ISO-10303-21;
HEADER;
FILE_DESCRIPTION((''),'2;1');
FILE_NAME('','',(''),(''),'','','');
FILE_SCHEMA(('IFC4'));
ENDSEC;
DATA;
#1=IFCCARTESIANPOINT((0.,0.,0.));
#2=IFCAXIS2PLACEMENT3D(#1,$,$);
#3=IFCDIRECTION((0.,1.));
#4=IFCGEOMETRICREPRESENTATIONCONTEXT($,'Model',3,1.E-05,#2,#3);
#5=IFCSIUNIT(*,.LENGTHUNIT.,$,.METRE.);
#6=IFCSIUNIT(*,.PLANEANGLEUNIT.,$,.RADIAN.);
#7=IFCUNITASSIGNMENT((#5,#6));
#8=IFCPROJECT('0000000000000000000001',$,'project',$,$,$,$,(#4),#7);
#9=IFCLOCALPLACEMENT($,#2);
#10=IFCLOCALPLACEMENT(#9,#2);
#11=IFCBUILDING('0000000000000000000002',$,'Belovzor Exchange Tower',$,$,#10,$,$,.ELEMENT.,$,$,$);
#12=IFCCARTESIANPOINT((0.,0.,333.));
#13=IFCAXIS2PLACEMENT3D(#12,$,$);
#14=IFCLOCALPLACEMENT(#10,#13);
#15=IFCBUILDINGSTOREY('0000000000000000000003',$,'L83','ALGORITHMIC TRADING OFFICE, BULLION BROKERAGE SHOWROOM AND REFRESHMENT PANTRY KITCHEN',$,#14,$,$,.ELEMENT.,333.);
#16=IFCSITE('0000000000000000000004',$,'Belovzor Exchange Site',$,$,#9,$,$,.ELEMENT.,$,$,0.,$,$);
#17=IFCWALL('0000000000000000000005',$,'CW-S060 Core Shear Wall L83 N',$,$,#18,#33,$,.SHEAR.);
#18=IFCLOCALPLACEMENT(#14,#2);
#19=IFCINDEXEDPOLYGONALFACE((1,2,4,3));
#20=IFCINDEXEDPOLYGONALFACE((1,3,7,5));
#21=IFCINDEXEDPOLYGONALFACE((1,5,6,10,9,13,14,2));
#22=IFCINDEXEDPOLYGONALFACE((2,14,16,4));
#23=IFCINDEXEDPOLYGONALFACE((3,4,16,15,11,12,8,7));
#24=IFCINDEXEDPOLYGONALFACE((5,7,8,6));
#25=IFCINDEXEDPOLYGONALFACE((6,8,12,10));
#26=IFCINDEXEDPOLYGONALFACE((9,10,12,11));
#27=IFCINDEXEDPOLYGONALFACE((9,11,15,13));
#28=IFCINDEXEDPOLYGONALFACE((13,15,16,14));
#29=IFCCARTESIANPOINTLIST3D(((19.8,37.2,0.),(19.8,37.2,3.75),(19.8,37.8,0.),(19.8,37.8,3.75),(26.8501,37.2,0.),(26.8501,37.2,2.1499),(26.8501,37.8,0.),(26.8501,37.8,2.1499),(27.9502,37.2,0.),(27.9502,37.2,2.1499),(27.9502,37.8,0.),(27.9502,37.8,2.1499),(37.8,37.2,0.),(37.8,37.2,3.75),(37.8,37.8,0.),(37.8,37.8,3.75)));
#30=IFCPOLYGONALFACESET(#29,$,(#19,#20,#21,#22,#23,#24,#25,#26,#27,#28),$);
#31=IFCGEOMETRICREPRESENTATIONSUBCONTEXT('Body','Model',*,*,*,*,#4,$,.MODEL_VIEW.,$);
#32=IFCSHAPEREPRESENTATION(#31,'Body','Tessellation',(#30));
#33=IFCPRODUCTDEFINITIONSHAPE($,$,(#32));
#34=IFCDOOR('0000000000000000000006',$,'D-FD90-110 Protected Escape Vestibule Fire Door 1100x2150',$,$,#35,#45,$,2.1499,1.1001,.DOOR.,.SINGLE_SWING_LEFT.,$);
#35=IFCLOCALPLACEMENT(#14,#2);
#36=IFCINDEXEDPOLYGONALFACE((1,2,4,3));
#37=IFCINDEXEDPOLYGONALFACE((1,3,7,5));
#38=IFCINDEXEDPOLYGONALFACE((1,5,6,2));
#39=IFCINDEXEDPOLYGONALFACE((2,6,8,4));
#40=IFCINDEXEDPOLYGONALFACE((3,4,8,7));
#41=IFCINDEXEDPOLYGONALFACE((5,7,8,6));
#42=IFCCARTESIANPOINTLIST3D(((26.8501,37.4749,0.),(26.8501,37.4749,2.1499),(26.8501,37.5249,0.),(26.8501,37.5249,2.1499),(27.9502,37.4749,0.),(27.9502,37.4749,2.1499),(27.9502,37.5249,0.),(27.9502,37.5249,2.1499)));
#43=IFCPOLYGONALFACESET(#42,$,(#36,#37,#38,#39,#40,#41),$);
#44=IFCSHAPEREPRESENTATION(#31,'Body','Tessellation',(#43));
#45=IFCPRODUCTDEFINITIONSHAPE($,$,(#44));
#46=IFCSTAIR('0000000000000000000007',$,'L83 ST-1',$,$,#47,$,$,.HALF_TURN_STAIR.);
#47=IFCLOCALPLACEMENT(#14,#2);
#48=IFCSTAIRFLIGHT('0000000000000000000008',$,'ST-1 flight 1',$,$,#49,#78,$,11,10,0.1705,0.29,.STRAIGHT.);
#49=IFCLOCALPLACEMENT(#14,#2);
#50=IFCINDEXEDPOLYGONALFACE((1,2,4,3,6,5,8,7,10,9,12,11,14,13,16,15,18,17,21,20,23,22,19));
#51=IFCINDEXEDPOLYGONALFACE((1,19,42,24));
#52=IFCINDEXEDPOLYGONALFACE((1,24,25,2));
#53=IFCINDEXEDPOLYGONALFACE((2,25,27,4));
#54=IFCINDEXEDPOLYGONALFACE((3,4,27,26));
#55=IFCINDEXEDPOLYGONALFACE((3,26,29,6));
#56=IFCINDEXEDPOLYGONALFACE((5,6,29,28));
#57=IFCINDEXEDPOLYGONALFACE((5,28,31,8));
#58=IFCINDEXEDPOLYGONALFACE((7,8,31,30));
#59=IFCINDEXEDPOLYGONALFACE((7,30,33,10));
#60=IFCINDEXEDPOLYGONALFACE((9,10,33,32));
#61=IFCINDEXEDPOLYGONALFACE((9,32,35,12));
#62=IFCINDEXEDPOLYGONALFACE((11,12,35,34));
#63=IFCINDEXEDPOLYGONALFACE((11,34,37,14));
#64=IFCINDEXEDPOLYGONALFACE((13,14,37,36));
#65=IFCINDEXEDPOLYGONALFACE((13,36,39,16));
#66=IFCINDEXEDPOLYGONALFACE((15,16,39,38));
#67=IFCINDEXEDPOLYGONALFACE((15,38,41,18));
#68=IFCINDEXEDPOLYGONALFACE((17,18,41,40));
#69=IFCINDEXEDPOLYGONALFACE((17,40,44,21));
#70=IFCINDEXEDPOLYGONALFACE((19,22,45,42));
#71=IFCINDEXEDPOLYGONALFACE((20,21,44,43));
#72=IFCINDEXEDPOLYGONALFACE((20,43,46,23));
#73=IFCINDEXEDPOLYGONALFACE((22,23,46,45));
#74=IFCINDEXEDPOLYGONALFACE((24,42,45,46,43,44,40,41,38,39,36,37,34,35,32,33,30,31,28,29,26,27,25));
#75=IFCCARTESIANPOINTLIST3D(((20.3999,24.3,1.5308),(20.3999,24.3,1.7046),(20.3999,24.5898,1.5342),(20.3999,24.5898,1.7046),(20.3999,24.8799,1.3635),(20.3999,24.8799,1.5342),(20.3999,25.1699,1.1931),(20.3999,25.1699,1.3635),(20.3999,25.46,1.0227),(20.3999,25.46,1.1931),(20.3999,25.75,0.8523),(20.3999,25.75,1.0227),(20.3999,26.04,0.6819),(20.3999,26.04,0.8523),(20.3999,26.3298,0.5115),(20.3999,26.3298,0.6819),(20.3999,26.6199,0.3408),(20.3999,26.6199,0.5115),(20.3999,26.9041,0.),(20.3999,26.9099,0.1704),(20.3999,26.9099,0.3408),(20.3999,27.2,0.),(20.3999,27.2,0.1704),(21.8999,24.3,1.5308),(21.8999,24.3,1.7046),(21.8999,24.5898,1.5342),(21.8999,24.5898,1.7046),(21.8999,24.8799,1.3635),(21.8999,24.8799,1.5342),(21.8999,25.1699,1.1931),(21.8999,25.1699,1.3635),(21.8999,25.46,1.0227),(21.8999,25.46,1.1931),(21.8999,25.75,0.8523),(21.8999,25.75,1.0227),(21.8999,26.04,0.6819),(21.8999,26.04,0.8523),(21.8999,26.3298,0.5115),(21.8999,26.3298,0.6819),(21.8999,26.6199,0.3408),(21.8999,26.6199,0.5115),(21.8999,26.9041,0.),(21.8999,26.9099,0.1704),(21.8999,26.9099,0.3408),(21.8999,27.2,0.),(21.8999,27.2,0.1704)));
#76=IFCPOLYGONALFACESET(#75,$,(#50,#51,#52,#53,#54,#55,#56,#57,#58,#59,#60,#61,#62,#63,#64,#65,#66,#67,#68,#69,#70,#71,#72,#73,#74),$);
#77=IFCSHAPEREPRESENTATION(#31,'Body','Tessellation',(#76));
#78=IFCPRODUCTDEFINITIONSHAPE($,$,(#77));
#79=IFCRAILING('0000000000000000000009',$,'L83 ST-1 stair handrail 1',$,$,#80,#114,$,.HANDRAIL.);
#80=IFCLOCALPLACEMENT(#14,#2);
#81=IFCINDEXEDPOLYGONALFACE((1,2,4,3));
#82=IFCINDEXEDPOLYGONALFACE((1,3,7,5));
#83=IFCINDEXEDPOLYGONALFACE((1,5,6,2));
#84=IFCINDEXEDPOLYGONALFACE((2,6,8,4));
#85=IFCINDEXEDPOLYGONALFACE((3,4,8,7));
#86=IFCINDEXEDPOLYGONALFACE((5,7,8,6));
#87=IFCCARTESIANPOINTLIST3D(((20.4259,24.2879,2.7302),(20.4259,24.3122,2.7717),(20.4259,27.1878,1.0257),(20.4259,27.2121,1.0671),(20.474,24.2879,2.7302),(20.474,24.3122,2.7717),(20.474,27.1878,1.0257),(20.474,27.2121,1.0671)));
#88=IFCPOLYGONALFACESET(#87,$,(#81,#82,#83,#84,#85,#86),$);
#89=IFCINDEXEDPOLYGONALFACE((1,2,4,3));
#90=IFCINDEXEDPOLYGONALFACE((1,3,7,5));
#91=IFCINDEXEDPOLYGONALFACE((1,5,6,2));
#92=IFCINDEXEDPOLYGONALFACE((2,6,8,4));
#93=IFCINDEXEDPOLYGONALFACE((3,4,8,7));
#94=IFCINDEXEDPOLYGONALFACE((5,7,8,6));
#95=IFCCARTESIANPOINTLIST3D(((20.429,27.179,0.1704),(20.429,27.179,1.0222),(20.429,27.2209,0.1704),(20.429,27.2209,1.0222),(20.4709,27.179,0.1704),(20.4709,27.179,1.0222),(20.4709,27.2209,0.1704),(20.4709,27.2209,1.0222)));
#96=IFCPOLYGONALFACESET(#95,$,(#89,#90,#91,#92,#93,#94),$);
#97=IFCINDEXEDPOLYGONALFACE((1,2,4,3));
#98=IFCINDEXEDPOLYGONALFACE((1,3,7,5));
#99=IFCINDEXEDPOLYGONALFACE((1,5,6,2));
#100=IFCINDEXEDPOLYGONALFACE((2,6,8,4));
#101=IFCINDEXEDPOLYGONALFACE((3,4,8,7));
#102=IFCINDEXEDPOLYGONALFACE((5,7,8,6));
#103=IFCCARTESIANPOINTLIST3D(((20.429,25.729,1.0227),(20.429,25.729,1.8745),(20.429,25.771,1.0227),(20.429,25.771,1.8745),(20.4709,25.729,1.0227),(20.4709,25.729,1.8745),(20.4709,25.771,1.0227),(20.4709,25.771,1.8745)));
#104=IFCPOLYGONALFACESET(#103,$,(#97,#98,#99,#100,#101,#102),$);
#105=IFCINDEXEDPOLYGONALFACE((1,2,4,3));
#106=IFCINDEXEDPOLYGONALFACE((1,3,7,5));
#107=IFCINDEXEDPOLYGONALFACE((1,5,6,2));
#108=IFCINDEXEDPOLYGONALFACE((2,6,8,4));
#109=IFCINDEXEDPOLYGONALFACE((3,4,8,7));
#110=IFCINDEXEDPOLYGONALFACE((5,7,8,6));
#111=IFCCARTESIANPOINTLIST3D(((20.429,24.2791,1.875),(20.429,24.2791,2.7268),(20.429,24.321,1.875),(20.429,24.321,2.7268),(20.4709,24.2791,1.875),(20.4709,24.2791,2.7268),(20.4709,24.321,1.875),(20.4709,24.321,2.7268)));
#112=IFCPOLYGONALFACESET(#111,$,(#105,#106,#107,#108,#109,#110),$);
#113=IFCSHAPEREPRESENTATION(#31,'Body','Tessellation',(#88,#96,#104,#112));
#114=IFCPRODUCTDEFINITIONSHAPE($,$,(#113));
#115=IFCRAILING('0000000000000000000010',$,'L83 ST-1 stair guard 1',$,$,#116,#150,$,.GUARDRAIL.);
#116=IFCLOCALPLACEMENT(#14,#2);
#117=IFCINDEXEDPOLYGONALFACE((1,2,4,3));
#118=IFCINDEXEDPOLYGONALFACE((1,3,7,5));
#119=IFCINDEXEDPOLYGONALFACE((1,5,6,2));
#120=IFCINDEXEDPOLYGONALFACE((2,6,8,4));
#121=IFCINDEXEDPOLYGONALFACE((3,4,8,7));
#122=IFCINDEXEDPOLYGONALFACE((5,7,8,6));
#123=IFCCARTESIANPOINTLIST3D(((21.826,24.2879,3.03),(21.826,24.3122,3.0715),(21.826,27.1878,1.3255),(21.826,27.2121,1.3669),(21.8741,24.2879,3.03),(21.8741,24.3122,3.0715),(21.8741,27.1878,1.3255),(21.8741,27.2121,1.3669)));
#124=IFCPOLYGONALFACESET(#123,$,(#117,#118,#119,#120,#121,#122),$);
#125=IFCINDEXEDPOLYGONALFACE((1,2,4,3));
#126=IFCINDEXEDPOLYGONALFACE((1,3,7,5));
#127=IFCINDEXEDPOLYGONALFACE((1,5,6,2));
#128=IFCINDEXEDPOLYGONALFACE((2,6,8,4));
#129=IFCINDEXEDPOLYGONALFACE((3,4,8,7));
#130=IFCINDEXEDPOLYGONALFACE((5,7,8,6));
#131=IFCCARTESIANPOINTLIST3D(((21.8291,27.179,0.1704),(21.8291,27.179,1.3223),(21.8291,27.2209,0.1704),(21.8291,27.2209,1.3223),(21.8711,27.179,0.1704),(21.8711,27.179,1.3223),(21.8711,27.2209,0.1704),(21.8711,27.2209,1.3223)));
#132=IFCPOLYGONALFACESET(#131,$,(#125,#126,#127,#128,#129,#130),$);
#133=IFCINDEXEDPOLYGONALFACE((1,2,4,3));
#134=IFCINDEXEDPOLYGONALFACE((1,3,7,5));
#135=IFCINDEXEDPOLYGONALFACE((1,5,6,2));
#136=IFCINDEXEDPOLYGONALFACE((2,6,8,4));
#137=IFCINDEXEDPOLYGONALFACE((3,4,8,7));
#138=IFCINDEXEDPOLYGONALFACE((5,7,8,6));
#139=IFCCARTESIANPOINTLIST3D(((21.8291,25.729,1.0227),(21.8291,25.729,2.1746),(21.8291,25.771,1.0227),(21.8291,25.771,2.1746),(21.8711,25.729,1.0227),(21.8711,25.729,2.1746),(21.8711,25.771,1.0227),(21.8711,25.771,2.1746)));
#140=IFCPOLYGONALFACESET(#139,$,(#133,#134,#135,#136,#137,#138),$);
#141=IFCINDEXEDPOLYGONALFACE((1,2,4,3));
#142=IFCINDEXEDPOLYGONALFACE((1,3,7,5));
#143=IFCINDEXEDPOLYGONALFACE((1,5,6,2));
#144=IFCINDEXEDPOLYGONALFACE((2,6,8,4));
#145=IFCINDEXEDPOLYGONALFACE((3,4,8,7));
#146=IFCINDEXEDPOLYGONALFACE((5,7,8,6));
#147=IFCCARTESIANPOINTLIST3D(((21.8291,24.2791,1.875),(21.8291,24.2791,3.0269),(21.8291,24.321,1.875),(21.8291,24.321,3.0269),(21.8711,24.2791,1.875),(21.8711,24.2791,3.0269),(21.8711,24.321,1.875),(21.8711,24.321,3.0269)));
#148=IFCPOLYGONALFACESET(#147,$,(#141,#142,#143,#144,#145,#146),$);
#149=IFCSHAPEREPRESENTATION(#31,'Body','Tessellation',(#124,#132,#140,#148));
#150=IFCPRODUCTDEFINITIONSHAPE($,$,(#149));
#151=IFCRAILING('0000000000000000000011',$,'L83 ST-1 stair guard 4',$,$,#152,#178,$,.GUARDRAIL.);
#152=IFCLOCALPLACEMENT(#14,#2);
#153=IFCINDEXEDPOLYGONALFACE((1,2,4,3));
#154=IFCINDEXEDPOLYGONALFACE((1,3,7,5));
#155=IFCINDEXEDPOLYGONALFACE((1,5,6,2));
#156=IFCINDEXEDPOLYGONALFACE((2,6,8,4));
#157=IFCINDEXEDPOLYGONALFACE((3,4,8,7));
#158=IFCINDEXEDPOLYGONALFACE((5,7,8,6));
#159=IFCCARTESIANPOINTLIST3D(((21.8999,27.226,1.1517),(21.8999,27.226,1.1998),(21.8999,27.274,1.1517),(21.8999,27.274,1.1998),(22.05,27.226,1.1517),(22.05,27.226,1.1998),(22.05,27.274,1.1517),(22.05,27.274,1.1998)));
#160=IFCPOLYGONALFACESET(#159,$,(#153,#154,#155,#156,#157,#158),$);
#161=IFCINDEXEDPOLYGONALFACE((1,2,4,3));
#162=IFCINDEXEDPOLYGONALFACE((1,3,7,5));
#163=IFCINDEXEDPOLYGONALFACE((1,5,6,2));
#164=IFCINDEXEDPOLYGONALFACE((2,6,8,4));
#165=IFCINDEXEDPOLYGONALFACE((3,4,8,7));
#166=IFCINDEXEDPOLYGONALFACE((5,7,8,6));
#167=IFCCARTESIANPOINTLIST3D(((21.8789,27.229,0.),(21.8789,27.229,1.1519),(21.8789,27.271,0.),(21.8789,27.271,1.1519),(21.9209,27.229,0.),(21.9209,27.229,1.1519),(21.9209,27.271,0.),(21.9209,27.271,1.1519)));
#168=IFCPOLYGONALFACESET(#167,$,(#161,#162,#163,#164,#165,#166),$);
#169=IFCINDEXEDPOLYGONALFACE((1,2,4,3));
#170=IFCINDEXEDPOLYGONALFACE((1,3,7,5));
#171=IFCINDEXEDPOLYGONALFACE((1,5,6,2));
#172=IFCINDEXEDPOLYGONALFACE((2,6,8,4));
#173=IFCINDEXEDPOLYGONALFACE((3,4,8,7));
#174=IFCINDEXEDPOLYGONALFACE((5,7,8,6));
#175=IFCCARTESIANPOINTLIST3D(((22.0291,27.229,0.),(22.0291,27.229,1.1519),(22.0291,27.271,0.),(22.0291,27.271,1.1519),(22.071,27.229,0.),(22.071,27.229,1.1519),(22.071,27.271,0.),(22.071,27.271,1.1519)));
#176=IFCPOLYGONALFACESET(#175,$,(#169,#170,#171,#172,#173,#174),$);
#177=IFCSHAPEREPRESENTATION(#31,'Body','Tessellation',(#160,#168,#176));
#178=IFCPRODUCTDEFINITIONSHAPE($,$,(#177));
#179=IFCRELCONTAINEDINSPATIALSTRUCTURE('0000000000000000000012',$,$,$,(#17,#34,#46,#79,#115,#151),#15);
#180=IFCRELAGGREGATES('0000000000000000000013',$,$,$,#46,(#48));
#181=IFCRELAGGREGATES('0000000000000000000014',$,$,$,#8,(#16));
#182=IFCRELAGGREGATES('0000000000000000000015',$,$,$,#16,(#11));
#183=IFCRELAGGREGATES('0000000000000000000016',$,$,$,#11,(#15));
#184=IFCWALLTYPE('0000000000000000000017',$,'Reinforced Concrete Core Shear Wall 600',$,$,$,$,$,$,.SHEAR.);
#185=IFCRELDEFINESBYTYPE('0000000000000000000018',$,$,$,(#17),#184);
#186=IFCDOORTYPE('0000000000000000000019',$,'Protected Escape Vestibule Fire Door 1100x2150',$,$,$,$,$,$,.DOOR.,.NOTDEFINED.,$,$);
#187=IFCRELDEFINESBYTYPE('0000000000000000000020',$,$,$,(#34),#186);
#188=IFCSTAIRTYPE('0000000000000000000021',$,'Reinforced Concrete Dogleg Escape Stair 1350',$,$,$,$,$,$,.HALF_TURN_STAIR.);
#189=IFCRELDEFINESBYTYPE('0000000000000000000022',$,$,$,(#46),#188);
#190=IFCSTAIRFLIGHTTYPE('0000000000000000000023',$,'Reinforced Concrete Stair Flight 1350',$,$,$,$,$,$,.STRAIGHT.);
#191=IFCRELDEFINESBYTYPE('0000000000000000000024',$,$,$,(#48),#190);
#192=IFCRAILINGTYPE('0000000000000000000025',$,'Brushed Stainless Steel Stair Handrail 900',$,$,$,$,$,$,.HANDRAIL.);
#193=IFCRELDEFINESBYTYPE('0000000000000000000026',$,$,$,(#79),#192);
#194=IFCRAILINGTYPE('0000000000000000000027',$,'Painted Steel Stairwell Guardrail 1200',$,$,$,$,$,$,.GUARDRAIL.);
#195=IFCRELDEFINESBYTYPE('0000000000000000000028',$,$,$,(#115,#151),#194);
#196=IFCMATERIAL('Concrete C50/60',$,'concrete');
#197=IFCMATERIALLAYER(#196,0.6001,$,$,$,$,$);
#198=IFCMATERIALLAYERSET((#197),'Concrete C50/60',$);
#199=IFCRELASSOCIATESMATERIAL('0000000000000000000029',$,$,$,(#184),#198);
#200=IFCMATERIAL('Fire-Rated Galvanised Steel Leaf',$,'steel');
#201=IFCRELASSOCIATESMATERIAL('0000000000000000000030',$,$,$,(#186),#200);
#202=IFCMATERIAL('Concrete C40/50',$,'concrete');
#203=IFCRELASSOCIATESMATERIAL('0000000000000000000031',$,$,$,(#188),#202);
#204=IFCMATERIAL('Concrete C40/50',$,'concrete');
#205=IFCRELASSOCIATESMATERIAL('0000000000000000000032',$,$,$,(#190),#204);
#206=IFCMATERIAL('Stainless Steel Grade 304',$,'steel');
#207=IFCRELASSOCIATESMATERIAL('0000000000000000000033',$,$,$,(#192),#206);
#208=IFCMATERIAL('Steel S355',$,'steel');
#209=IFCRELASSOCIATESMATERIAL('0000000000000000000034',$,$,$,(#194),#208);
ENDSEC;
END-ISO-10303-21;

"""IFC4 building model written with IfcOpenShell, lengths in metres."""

from ifc_helpers import new_model, si_unit, direction, frame, frame_2d, origin, origin_2d, place, context, subcontext, project, spatial, polyline, rectangle, outline, extrude, material, layer, layer_set, type_object, element, fill, aggregate, save


model = new_model("IFC4")

# Units and contexts
model_context = context("Model", 3, precision=1e-05, world=origin(), true_north=direction((0.0, 1.0)))
body_context = subcontext(model_context, "Body", "Model", "MODEL_VIEW")
ifc_project = project(units=[si_unit("LENGTHUNIT", "METRE"), si_unit("PLANEANGLEUNIT", "RADIAN")], contexts=[model_context])

# Site, building, storey
site_placement = place(None, origin())
site = spatial("IfcSite", under=ifc_project, at=site_placement, Name="Belovzor Exchange Site", CompositionType="ELEMENT", RefElevation=0.0)
building_placement = place(site_placement, origin())
building = spatial("IfcBuilding", under=site, at=building_placement, Name="Belovzor Exchange Tower", CompositionType="ELEMENT")
storey_placement = place(building_placement, frame((0.0, 0.0, 333.0)))
storey = spatial("IfcBuildingStorey", under=building, at=storey_placement, Name="L83", Description="ALGORITHMIC TRADING OFFICE, BULLION BROKERAGE SHOWROOM AND REFRESHMENT PANTRY KITCHEN", CompositionType="ELEMENT", Elevation=333.0)

# Wall, opening, door
ifc_material_1 = material(Name="Concrete C50/60", Category="concrete")
ifc_layer_1 = layer(ifc_material_1, 0.6001)
ifc_layer_set_1 = layer_set([ifc_layer_1], Name="Concrete C50/60")
wall_type_1 = type_object("IfcWallType", Name="Reinforced Concrete Core Shear Wall 600", PredefinedType="SHEAR", material=ifc_layer_set_1)
wall_1_placement = place(storey_placement, frame((19.8, 37.5, 0.0), z_axis=(0.0, 0.0, 1.0), x_axis=(1.0, 0.0, 0.0)))
wall_1 = element("IfcWall", 1, at=wall_1_placement, inside=storey, type_object=wall_type_1, Name="CW-S060 Core Shear Wall L83 N", PredefinedType="SHEAR", context=body_context, shape_type="SweptSolid", body=[
    extrude(rectangle(XDim=18.0, YDim=0.6001, at=frame_2d((9.0, 0.0))), origin(), (0.0, 0.0, 1.0), 3.75),
])
opening_1_placement = place(wall_1_placement, frame((7.05, 0.0, 0.0)))
opening_1 = element("IfcOpeningElement", 2, at=opening_1_placement, cuts=wall_1, PredefinedType="OPENING", context=body_context, shape_type="SweptSolid", body=[
    extrude(rectangle(XDim=1.1001, YDim=2.1499, at=frame_2d((0.55, 1.075))), frame((0.0, 0.3101, 0.0), z_axis=(0.0, -1.0, 0.0), x_axis=(1.0, 0.0, 0.0)), (0.0, 0.0, 1.0), 0.6201),
])
ifc_material_2 = material(Name="Fire-Rated Galvanised Steel Leaf", Category="steel")
door_type_1 = type_object("IfcDoorType", Name="Protected Escape Vestibule Fire Door 1100x2150", OperationType="NOTDEFINED", PredefinedType="DOOR", material=ifc_material_2)
door_1_placement = place(opening_1_placement, origin())
door_1 = element("IfcDoor", 3, at=door_1_placement, inside=storey, type_object=door_type_1, Name="D-FD90-110 Protected Escape Vestibule Fire Door 1100x2150", OperationType="SINGLE_SWING_LEFT", OverallHeight=2.1499, OverallWidth=1.1001, PredefinedType="DOOR", context=body_context, shape_type="SweptSolid", body=[
    extrude(rectangle(XDim=1.1001, YDim=2.1499, at=frame_2d((0.55, 1.075))), frame((0.0, 0.0249, 0.0), z_axis=(0.0, -1.0, 0.0), x_axis=(1.0, 0.0, 0.0)), (0.0, 0.0, 1.0), 0.05),
])
fill(opening_1, door_1)

# Stair, stair flight
ifc_material_3 = material(Name="Concrete C40/50", Category="concrete")
stair_type = type_object("IfcStairType", Name="Reinforced Concrete Dogleg Escape Stair 1350", PredefinedType="HALF_TURN_STAIR", material=ifc_material_3)
stair_placement = place(storey_placement, origin())
stair = element("IfcStair", 4, at=stair_placement, inside=storey, type_object=stair_type, Name="L83 ST-1", PredefinedType="HALF_TURN_STAIR")
ifc_material_4 = material(Name="Concrete C40/50", Category="concrete")
stair_flight_type = type_object("IfcStairFlightType", Name="Reinforced Concrete Stair Flight 1350", PredefinedType="STRAIGHT", material=ifc_material_4)
stair_flight_placement = place(storey_placement, frame((21.1499, 27.2, 0.0), z_axis=(0.0, 0.0, 1.0), x_axis=(0.0, -1.0, 0.0)))
stair_flight = element("IfcStairFlight", 5, at=stair_flight_placement, type_object=stair_flight_type, Name="ST-1 flight 1", NumberOfRisers=11, NumberOfTreads=10, PredefinedType="STRAIGHT", RiserHeight=0.1705, TreadLength=0.29, context=body_context, shape_type="SweptSolid", body=[
    extrude(outline(polyline([(0.0, 0.0), (0.0, 0.1704), (0.29, 0.1704), (0.29, 0.3408), (0.5801, 0.3408), (0.5801, 0.5115), (0.8701, 0.5115), (0.8701, 0.6819), (1.1599, 0.6819), (1.1599, 0.8523), (1.45, 0.8523), (1.45, 1.0227), (1.74, 1.0227), (1.74, 1.1931), (2.03, 1.1931), (2.03, 1.3635), (2.3201, 1.3635), (2.3201, 1.5342), (2.6101, 1.5342), (2.6101, 1.7046), (2.8999, 1.7046), (2.8999, 1.875), (2.8999, 1.5308), (0.2959, 0.0), (0.0, 0.0)])), frame((0.0, 0.75, 0.0), z_axis=(0.0, -1.0, 0.0), x_axis=(1.0, 0.0, 0.0)), (0.0, 0.0, 1.0), 1.5),
])
aggregate(stair, [stair_flight])

# Railings
ifc_material_5 = material(Name="Stainless Steel Grade 304", Category="steel")
railing_type_1 = type_object("IfcRailingType", Name="Brushed Stainless Steel Stair Handrail 900", PredefinedType="HANDRAIL", material=ifc_material_5)
railing_1_placement = place(storey_placement, frame((20.45, 27.2, 0.1704)))
element("IfcRailing", 6, at=railing_1_placement, inside=storey, type_object=railing_type_1, Name="L83 ST-1 stair handrail 1", PredefinedType="HANDRAIL", context=body_context, shape_type="SweptSolid", body=[
    extrude(rectangle(XDim=0.0481, YDim=0.0481, at=origin_2d()), frame((0.0, 0.0, 0.876), z_axis=(0.0, -0.862095, 0.506747), x_axis=(1.0, 0.0, 0.0)), (0.0, 0.0, 1.0), 3.3638),
    extrude(rectangle(XDim=0.042, YDim=0.042, at=origin_2d()), origin(), (0.0, 0.0, 1.0), 0.8518),
    extrude(rectangle(XDim=0.042, YDim=0.042, at=origin_2d()), frame((0.0, -1.45, 0.8523)), (0.0, 0.0, 1.0), 0.8518),
    extrude(rectangle(XDim=0.042, YDim=0.042, at=origin_2d()), frame((0.0, -2.8999, 1.7046)), (0.0, 0.0, 1.0), 0.8518),
])
ifc_material_6 = material(Name="Steel S355", Category="steel")
railing_type_2 = type_object("IfcRailingType", Name="Painted Steel Stairwell Guardrail 1200", PredefinedType="GUARDRAIL", material=ifc_material_6)
railing_2_placement = place(storey_placement, frame((21.8501, 27.2, 0.1704)))
element("IfcRailing", 7, at=railing_2_placement, inside=storey, type_object=railing_type_2, Name="L83 ST-1 stair guard 1", PredefinedType="GUARDRAIL", context=body_context, shape_type="SweptSolid", body=[
    extrude(rectangle(XDim=0.0481, YDim=0.0481, at=origin_2d()), frame((0.0, 0.0, 1.1758), z_axis=(0.0, -0.862095, 0.506747), x_axis=(1.0, 0.0, 0.0)), (0.0, 0.0, 1.0), 3.3638),
    extrude(rectangle(XDim=0.042, YDim=0.042, at=origin_2d()), origin(), (0.0, 0.0, 1.0), 1.1519),
    extrude(rectangle(XDim=0.042, YDim=0.042, at=origin_2d()), frame((0.0, -1.45, 0.8523)), (0.0, 0.0, 1.0), 1.1519),
    extrude(rectangle(XDim=0.042, YDim=0.042, at=origin_2d()), frame((0.0, -2.8999, 1.7046)), (0.0, 0.0, 1.0), 1.1519),
])
railing_3_placement = place(storey_placement, frame((21.8999, 27.25, 0.0)))
element("IfcRailing", 8, at=railing_3_placement, inside=storey, type_object=railing_type_2, Name="L83 ST-1 stair guard 4", PredefinedType="GUARDRAIL", context=body_context, shape_type="SweptSolid", body=[
    extrude(rectangle(XDim=0.0481, YDim=0.0481, at=origin_2d()), frame((0.0, 0.0, 1.1758), z_axis=(1.0, 0.0, 0.0), x_axis=(0.0, 1.0, 0.0)), (0.0, 0.0, 1.0), 0.1501),
    extrude(rectangle(XDim=0.042, YDim=0.042, at=origin_2d()), origin(), (0.0, 0.0, 1.0), 1.1519),
    extrude(rectangle(XDim=0.042, YDim=0.042, at=origin_2d()), frame((0.1501, 0.0, 0.0)), (0.0, 0.0, 1.0), 1.1519),
])

save(model, "model.ifc")
